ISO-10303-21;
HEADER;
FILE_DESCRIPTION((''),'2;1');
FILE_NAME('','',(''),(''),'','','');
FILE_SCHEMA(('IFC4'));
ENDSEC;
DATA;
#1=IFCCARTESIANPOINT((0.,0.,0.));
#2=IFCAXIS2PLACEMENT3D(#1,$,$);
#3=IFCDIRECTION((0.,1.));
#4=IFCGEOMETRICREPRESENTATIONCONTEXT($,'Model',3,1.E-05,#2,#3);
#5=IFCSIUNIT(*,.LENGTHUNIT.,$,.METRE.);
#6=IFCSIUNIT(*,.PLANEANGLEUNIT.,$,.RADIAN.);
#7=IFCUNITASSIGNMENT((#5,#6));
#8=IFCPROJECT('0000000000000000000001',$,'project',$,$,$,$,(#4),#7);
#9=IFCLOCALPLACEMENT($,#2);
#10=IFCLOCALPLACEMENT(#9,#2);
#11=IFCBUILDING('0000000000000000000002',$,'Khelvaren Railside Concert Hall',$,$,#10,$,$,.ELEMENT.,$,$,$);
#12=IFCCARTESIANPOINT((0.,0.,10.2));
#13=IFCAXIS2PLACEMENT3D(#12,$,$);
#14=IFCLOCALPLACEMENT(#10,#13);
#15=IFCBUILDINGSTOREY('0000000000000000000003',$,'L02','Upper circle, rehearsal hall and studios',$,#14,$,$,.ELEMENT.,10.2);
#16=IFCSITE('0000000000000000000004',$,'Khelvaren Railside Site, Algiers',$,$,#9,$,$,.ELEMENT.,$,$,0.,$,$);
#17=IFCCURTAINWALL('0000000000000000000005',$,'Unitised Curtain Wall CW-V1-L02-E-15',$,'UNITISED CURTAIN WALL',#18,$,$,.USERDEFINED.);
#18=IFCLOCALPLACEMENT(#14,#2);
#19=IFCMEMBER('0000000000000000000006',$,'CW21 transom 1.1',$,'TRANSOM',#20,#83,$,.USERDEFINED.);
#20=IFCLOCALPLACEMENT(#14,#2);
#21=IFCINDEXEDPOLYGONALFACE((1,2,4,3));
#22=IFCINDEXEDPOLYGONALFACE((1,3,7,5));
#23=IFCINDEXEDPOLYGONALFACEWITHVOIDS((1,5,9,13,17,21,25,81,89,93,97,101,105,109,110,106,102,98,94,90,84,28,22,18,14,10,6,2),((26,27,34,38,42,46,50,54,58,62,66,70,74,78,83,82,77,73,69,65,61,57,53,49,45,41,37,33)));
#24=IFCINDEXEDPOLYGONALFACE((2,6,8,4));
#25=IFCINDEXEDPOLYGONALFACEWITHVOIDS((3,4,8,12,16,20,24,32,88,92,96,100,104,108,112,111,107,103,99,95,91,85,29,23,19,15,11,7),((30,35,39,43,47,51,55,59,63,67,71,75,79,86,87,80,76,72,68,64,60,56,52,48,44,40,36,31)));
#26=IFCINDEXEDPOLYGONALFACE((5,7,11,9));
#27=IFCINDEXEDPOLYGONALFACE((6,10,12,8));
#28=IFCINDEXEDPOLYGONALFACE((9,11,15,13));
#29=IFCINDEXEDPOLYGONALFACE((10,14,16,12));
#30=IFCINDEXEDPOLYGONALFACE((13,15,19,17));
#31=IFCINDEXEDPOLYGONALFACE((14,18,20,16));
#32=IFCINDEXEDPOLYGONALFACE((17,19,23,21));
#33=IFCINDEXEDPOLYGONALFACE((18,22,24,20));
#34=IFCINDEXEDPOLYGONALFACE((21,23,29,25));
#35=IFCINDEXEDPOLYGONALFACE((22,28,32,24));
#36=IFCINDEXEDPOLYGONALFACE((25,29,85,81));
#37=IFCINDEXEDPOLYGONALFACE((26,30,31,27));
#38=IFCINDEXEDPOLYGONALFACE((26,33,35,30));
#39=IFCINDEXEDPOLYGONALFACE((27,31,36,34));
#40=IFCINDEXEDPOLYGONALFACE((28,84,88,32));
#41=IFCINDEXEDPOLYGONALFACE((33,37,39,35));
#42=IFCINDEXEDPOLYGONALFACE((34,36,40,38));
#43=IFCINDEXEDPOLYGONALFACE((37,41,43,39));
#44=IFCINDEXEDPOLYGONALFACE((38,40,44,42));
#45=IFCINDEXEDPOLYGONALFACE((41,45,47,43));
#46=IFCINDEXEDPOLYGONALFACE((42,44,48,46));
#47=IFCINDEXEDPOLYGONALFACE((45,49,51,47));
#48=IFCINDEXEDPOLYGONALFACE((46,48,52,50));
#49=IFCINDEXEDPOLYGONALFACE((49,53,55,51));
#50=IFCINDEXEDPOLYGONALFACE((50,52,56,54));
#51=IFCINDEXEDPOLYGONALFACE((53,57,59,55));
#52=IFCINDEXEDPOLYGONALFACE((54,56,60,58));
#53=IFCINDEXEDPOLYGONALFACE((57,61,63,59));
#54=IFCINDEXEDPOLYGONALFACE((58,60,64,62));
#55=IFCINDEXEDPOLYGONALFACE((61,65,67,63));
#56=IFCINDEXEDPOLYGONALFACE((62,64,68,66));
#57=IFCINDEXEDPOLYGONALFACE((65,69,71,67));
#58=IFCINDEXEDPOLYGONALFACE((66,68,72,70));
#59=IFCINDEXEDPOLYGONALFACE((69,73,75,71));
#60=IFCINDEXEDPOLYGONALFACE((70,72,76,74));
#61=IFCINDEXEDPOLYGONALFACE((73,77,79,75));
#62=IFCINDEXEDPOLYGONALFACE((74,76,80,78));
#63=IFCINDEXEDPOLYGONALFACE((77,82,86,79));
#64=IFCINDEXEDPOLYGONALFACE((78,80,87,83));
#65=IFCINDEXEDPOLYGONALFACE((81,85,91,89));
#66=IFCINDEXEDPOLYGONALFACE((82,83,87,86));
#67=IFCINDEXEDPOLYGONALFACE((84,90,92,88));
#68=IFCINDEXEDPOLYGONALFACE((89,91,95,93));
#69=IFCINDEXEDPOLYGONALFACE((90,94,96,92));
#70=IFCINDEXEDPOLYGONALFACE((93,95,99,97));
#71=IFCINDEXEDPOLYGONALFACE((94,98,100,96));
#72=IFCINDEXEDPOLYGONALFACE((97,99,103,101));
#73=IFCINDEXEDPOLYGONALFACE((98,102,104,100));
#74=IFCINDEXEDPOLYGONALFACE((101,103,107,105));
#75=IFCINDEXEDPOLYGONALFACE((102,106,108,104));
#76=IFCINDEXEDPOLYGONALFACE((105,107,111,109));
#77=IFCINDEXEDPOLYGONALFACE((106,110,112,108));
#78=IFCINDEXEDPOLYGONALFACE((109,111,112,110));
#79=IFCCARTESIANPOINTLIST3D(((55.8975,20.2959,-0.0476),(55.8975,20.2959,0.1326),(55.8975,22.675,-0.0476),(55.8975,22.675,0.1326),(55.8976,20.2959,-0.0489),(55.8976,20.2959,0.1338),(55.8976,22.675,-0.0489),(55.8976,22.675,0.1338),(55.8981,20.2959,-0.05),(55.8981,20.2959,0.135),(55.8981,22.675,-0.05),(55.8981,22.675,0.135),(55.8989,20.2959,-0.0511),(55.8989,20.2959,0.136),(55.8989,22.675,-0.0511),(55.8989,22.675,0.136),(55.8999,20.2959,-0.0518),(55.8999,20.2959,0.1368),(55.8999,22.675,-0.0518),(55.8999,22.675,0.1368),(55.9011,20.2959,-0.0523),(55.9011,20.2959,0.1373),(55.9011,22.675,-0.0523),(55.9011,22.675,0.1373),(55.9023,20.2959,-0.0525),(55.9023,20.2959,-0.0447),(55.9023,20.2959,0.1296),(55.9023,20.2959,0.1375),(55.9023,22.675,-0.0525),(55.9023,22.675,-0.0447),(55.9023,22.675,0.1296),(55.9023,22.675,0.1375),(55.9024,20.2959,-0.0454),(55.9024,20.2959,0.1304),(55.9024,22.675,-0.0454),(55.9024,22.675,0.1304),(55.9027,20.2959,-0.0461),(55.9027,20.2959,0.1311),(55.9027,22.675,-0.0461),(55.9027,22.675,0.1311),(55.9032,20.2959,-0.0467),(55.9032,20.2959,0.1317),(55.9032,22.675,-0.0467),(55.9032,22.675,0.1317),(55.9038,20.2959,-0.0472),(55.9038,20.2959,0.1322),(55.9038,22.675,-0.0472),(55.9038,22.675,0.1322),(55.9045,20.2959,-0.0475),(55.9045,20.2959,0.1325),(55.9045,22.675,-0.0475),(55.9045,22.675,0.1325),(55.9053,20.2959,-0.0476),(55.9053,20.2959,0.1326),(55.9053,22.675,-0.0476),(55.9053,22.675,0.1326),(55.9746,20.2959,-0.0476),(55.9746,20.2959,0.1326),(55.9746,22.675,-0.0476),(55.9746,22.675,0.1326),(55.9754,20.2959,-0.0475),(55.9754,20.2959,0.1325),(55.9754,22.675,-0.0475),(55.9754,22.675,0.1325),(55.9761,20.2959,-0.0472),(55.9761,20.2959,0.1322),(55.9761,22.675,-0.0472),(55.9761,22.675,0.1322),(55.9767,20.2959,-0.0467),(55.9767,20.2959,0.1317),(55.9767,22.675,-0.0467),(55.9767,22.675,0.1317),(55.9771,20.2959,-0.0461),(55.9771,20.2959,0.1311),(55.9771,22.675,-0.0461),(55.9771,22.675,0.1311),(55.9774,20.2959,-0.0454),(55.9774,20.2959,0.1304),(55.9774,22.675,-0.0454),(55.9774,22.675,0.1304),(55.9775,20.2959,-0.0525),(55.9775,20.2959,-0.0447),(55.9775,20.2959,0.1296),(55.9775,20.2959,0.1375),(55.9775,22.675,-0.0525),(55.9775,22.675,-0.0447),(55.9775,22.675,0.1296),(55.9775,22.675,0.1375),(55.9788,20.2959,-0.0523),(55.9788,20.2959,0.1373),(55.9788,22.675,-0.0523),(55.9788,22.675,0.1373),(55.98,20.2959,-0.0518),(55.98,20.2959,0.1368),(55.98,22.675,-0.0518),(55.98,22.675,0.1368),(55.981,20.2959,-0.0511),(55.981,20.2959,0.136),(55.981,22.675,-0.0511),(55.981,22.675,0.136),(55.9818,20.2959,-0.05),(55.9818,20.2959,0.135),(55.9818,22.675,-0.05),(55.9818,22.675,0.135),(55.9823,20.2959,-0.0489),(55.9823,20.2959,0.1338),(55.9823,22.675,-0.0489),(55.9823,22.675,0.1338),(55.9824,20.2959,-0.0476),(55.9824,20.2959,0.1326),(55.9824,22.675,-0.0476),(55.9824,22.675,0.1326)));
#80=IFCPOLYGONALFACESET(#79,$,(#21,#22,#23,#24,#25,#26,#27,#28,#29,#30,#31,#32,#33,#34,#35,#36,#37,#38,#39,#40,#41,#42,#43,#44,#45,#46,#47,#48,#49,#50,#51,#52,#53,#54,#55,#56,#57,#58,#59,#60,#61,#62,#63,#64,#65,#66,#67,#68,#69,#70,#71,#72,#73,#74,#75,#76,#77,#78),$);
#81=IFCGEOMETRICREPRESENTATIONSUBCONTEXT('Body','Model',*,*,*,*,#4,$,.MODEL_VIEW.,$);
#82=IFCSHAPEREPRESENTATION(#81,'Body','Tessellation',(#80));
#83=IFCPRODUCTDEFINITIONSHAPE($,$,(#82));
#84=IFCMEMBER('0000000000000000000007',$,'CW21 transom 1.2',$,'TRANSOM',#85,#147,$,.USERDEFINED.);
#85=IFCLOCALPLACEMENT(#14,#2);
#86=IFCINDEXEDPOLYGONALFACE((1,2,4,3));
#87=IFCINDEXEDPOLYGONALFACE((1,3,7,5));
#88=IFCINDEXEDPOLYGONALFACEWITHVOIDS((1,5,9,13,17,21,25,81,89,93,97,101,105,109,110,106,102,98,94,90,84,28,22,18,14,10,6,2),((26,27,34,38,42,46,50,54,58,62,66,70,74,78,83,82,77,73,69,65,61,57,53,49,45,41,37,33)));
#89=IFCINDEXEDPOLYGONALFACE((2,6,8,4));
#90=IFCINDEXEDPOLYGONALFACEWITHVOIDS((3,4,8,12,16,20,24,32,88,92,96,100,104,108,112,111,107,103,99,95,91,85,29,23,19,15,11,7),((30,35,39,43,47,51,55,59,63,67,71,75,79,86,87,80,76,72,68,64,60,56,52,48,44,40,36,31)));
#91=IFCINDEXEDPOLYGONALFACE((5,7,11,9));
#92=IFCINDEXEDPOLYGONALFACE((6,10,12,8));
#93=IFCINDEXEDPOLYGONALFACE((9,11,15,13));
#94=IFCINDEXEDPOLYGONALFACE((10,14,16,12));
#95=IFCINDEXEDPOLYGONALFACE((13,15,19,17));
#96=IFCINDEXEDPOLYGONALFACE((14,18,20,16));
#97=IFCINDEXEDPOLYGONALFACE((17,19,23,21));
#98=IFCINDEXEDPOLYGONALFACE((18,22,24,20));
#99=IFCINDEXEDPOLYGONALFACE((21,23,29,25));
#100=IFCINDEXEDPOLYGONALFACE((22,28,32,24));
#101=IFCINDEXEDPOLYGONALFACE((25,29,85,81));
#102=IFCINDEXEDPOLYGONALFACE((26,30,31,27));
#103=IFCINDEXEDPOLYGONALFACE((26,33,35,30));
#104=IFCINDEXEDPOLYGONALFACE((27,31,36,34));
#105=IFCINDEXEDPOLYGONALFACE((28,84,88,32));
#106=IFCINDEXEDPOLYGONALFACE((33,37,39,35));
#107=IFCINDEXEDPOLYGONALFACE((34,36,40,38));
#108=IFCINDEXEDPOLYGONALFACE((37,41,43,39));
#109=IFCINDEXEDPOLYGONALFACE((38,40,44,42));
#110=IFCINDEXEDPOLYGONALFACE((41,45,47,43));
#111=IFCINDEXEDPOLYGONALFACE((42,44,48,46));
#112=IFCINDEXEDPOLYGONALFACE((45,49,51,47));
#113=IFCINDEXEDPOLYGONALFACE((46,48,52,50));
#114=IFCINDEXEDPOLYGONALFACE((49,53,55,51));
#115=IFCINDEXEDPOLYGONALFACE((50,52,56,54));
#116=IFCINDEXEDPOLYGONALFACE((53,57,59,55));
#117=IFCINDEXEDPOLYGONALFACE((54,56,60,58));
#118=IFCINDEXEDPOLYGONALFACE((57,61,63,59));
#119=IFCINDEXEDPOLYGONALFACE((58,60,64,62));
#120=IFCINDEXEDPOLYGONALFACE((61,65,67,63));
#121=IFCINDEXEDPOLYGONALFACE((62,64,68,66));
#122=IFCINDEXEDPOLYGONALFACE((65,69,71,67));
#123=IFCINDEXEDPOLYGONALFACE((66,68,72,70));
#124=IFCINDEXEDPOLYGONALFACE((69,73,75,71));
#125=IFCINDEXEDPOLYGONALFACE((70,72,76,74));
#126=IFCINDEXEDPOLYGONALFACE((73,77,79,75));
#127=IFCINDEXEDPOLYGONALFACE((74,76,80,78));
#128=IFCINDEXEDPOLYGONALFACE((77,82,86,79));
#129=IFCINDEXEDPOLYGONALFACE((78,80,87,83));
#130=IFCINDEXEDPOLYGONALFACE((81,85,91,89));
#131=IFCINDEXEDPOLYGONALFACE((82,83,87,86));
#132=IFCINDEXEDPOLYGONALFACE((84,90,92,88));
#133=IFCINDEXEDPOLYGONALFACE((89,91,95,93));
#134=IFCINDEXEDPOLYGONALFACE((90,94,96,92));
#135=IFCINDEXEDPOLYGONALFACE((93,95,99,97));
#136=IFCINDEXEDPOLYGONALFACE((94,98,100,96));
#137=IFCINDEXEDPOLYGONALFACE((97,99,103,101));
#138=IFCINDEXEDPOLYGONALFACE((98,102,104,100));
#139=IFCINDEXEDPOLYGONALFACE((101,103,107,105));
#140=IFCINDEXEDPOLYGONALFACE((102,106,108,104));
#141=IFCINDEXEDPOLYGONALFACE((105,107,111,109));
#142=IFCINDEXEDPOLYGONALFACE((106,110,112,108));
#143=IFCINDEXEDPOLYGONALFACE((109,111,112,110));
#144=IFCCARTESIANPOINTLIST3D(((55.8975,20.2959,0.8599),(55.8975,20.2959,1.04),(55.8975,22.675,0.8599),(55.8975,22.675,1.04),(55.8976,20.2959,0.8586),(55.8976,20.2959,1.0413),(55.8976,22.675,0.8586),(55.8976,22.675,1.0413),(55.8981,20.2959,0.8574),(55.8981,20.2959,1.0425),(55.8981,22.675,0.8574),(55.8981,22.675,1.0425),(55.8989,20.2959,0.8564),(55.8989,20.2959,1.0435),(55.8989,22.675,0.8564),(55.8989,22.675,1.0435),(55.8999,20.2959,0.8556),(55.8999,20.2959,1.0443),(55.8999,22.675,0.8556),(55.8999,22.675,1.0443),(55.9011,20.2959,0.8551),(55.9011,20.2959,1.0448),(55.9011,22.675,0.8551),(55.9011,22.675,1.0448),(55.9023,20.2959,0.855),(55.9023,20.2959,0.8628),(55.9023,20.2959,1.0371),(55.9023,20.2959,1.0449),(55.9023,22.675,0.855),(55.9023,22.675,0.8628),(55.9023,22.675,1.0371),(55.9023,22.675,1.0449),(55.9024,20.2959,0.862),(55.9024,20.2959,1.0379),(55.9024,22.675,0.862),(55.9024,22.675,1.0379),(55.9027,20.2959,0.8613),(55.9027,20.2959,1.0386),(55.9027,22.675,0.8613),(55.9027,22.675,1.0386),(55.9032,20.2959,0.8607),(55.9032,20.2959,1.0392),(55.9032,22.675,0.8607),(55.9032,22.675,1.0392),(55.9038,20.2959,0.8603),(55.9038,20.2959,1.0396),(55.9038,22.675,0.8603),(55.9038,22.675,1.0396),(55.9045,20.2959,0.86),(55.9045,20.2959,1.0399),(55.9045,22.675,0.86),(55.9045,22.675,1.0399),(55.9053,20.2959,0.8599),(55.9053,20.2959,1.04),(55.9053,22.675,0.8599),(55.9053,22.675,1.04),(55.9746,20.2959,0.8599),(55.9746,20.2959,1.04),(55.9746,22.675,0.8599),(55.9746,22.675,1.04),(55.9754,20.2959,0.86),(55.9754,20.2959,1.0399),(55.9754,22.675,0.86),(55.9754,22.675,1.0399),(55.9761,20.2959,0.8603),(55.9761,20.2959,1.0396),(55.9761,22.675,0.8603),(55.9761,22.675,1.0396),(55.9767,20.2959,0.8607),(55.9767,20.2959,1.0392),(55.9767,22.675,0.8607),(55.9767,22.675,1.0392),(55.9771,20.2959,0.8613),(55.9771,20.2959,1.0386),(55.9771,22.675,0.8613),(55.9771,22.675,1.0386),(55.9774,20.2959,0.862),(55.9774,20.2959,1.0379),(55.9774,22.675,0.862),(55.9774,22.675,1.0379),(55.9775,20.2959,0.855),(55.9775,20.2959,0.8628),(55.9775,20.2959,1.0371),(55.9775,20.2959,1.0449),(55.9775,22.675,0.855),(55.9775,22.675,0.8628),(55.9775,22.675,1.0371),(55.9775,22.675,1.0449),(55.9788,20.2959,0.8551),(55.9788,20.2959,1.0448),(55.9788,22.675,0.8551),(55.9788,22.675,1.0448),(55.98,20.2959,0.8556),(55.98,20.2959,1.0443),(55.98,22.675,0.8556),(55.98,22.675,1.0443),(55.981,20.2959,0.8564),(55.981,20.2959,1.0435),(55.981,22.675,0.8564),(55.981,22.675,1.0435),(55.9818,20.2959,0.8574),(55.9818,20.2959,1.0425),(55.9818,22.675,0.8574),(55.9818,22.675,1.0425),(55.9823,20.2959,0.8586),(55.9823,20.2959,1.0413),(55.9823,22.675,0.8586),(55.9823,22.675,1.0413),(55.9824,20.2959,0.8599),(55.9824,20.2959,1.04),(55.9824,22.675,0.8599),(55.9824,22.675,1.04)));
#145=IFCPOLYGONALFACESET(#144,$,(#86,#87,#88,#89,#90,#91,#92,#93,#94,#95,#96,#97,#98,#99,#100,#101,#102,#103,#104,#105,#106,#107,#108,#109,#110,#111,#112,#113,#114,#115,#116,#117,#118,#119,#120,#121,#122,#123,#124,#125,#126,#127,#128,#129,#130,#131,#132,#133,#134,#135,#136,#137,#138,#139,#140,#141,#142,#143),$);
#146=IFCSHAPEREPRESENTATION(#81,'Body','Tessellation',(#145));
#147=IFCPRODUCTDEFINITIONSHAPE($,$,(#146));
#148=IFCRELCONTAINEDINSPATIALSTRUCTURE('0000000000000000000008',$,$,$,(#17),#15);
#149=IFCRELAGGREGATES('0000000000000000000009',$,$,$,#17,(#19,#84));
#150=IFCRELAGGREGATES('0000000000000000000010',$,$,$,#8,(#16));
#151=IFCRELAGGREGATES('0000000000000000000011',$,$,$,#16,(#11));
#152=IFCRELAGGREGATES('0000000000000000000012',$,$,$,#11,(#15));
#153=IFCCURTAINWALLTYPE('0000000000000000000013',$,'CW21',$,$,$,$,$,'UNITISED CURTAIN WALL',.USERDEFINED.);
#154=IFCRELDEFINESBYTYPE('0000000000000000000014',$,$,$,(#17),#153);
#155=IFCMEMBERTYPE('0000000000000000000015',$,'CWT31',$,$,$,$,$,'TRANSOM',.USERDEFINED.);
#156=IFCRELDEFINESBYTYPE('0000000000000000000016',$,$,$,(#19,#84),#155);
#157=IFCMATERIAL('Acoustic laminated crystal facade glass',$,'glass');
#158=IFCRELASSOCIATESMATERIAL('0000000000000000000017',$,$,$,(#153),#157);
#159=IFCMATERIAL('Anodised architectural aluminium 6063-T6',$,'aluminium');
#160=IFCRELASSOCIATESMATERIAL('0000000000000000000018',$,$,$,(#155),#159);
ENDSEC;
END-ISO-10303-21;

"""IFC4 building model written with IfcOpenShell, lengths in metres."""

from ifc_helpers import new_model, si_unit, direction, frame, origin, origin_2d, place, context, subcontext, project, spatial, hollow_rectangle, extrude, material, material_profile, profile_set, type_object, element, aggregate, save


model = new_model("IFC4")

# Units and contexts
model_context = context("Model", 3, precision=1e-05, world=origin(), true_north=direction((0.0, 1.0)))
body_context = subcontext(model_context, "Body", "Model", "MODEL_VIEW")
ifc_project = project(units=[si_unit("LENGTHUNIT", "METRE"), si_unit("PLANEANGLEUNIT", "RADIAN")], contexts=[model_context])

# Site, building, storey
site_placement = place(None, origin())
site = spatial("IfcSite", under=ifc_project, at=site_placement, Name="Khelvaren Railside Site, Algiers", CompositionType="ELEMENT", RefElevation=0.0)
building_placement = place(site_placement, origin())
building = spatial("IfcBuilding", under=site, at=building_placement, Name="Khelvaren Railside Concert Hall", CompositionType="ELEMENT")
storey_placement = place(building_placement, frame((0.0, 0.0, 10.2)))
storey = spatial("IfcBuildingStorey", under=building, at=storey_placement, Name="L02", Description="Upper circle, rehearsal hall and studios", CompositionType="ELEMENT", Elevation=10.2)

# Curtain wall
ifc_material_1 = material(Name="Acoustic laminated crystal facade glass", Category="glass")
curtain_wall_type_1 = type_object("IfcCurtainWallType", Name="CW21", ElementType="UNITISED CURTAIN WALL", PredefinedType="USERDEFINED", material=ifc_material_1)
curtain_wall_1_placement = place(storey_placement, origin())
curtain_wall_1 = element("IfcCurtainWall", 1, at=curtain_wall_1_placement, inside=storey, type_object=curtain_wall_type_1, Name="Unitised Curtain Wall CW-V1-L02-E-15", ObjectType="UNITISED CURTAIN WALL", PredefinedType="USERDEFINED")
ifc_material_2 = material(Name="Anodised architectural aluminium 6063-T6", Category="aluminium")

# Members
ifc_material_profile_1 = material_profile(ifc_material_2, hollow_rectangle(XDim=0.085, YDim=0.1899, WallThickness=0.0049, InnerFilletRadius=0.0029, OuterFilletRadius=0.0049, at=origin_2d()), Name="CWT 85x190x5")
ifc_profile_set_1 = profile_set([ifc_material_profile_1], Name="Anodised architectural aluminium 6063-T6")
member_type_1 = type_object("IfcMemberType", Name="CWT31", ElementType="TRANSOM", PredefinedType="USERDEFINED", material=ifc_profile_set_1)
member_1_placement = place(storey_placement, frame((55.9399, 22.675, 0.0425), z_axis=(0.0, -1.0, 0.0), x_axis=(1.0, 0.0, 0.0)))
member_1 = element("IfcMember", 2, at=member_1_placement, type_object=member_type_1, Name="CW21 transom 1.1", ObjectType="TRANSOM", PredefinedType="USERDEFINED", context=body_context, shape_type="SweptSolid", body=[
    extrude(hollow_rectangle(XDim=0.085, YDim=0.1899, WallThickness=0.0049, InnerFilletRadius=0.0029, OuterFilletRadius=0.0049, at=origin_2d()), origin(), (0.0, 0.0, 1.0), 2.3792),
])
member_2_placement = place(storey_placement, frame((55.9399, 22.675, 0.95), z_axis=(0.0, -1.0, 0.0), x_axis=(1.0, 0.0, 0.0)))
member_2 = element("IfcMember", 3, at=member_2_placement, type_object=member_type_1, Name="CW21 transom 1.2", ObjectType="TRANSOM", PredefinedType="USERDEFINED", context=body_context, shape_type="SweptSolid", body=[
    extrude(hollow_rectangle(XDim=0.085, YDim=0.1899, WallThickness=0.0049, InnerFilletRadius=0.0029, OuterFilletRadius=0.0049, at=origin_2d()), origin(), (0.0, 0.0, 1.0), 2.3792),
])
aggregate(curtain_wall_1, [member_1, member_2])

save(model, "model.ifc")
